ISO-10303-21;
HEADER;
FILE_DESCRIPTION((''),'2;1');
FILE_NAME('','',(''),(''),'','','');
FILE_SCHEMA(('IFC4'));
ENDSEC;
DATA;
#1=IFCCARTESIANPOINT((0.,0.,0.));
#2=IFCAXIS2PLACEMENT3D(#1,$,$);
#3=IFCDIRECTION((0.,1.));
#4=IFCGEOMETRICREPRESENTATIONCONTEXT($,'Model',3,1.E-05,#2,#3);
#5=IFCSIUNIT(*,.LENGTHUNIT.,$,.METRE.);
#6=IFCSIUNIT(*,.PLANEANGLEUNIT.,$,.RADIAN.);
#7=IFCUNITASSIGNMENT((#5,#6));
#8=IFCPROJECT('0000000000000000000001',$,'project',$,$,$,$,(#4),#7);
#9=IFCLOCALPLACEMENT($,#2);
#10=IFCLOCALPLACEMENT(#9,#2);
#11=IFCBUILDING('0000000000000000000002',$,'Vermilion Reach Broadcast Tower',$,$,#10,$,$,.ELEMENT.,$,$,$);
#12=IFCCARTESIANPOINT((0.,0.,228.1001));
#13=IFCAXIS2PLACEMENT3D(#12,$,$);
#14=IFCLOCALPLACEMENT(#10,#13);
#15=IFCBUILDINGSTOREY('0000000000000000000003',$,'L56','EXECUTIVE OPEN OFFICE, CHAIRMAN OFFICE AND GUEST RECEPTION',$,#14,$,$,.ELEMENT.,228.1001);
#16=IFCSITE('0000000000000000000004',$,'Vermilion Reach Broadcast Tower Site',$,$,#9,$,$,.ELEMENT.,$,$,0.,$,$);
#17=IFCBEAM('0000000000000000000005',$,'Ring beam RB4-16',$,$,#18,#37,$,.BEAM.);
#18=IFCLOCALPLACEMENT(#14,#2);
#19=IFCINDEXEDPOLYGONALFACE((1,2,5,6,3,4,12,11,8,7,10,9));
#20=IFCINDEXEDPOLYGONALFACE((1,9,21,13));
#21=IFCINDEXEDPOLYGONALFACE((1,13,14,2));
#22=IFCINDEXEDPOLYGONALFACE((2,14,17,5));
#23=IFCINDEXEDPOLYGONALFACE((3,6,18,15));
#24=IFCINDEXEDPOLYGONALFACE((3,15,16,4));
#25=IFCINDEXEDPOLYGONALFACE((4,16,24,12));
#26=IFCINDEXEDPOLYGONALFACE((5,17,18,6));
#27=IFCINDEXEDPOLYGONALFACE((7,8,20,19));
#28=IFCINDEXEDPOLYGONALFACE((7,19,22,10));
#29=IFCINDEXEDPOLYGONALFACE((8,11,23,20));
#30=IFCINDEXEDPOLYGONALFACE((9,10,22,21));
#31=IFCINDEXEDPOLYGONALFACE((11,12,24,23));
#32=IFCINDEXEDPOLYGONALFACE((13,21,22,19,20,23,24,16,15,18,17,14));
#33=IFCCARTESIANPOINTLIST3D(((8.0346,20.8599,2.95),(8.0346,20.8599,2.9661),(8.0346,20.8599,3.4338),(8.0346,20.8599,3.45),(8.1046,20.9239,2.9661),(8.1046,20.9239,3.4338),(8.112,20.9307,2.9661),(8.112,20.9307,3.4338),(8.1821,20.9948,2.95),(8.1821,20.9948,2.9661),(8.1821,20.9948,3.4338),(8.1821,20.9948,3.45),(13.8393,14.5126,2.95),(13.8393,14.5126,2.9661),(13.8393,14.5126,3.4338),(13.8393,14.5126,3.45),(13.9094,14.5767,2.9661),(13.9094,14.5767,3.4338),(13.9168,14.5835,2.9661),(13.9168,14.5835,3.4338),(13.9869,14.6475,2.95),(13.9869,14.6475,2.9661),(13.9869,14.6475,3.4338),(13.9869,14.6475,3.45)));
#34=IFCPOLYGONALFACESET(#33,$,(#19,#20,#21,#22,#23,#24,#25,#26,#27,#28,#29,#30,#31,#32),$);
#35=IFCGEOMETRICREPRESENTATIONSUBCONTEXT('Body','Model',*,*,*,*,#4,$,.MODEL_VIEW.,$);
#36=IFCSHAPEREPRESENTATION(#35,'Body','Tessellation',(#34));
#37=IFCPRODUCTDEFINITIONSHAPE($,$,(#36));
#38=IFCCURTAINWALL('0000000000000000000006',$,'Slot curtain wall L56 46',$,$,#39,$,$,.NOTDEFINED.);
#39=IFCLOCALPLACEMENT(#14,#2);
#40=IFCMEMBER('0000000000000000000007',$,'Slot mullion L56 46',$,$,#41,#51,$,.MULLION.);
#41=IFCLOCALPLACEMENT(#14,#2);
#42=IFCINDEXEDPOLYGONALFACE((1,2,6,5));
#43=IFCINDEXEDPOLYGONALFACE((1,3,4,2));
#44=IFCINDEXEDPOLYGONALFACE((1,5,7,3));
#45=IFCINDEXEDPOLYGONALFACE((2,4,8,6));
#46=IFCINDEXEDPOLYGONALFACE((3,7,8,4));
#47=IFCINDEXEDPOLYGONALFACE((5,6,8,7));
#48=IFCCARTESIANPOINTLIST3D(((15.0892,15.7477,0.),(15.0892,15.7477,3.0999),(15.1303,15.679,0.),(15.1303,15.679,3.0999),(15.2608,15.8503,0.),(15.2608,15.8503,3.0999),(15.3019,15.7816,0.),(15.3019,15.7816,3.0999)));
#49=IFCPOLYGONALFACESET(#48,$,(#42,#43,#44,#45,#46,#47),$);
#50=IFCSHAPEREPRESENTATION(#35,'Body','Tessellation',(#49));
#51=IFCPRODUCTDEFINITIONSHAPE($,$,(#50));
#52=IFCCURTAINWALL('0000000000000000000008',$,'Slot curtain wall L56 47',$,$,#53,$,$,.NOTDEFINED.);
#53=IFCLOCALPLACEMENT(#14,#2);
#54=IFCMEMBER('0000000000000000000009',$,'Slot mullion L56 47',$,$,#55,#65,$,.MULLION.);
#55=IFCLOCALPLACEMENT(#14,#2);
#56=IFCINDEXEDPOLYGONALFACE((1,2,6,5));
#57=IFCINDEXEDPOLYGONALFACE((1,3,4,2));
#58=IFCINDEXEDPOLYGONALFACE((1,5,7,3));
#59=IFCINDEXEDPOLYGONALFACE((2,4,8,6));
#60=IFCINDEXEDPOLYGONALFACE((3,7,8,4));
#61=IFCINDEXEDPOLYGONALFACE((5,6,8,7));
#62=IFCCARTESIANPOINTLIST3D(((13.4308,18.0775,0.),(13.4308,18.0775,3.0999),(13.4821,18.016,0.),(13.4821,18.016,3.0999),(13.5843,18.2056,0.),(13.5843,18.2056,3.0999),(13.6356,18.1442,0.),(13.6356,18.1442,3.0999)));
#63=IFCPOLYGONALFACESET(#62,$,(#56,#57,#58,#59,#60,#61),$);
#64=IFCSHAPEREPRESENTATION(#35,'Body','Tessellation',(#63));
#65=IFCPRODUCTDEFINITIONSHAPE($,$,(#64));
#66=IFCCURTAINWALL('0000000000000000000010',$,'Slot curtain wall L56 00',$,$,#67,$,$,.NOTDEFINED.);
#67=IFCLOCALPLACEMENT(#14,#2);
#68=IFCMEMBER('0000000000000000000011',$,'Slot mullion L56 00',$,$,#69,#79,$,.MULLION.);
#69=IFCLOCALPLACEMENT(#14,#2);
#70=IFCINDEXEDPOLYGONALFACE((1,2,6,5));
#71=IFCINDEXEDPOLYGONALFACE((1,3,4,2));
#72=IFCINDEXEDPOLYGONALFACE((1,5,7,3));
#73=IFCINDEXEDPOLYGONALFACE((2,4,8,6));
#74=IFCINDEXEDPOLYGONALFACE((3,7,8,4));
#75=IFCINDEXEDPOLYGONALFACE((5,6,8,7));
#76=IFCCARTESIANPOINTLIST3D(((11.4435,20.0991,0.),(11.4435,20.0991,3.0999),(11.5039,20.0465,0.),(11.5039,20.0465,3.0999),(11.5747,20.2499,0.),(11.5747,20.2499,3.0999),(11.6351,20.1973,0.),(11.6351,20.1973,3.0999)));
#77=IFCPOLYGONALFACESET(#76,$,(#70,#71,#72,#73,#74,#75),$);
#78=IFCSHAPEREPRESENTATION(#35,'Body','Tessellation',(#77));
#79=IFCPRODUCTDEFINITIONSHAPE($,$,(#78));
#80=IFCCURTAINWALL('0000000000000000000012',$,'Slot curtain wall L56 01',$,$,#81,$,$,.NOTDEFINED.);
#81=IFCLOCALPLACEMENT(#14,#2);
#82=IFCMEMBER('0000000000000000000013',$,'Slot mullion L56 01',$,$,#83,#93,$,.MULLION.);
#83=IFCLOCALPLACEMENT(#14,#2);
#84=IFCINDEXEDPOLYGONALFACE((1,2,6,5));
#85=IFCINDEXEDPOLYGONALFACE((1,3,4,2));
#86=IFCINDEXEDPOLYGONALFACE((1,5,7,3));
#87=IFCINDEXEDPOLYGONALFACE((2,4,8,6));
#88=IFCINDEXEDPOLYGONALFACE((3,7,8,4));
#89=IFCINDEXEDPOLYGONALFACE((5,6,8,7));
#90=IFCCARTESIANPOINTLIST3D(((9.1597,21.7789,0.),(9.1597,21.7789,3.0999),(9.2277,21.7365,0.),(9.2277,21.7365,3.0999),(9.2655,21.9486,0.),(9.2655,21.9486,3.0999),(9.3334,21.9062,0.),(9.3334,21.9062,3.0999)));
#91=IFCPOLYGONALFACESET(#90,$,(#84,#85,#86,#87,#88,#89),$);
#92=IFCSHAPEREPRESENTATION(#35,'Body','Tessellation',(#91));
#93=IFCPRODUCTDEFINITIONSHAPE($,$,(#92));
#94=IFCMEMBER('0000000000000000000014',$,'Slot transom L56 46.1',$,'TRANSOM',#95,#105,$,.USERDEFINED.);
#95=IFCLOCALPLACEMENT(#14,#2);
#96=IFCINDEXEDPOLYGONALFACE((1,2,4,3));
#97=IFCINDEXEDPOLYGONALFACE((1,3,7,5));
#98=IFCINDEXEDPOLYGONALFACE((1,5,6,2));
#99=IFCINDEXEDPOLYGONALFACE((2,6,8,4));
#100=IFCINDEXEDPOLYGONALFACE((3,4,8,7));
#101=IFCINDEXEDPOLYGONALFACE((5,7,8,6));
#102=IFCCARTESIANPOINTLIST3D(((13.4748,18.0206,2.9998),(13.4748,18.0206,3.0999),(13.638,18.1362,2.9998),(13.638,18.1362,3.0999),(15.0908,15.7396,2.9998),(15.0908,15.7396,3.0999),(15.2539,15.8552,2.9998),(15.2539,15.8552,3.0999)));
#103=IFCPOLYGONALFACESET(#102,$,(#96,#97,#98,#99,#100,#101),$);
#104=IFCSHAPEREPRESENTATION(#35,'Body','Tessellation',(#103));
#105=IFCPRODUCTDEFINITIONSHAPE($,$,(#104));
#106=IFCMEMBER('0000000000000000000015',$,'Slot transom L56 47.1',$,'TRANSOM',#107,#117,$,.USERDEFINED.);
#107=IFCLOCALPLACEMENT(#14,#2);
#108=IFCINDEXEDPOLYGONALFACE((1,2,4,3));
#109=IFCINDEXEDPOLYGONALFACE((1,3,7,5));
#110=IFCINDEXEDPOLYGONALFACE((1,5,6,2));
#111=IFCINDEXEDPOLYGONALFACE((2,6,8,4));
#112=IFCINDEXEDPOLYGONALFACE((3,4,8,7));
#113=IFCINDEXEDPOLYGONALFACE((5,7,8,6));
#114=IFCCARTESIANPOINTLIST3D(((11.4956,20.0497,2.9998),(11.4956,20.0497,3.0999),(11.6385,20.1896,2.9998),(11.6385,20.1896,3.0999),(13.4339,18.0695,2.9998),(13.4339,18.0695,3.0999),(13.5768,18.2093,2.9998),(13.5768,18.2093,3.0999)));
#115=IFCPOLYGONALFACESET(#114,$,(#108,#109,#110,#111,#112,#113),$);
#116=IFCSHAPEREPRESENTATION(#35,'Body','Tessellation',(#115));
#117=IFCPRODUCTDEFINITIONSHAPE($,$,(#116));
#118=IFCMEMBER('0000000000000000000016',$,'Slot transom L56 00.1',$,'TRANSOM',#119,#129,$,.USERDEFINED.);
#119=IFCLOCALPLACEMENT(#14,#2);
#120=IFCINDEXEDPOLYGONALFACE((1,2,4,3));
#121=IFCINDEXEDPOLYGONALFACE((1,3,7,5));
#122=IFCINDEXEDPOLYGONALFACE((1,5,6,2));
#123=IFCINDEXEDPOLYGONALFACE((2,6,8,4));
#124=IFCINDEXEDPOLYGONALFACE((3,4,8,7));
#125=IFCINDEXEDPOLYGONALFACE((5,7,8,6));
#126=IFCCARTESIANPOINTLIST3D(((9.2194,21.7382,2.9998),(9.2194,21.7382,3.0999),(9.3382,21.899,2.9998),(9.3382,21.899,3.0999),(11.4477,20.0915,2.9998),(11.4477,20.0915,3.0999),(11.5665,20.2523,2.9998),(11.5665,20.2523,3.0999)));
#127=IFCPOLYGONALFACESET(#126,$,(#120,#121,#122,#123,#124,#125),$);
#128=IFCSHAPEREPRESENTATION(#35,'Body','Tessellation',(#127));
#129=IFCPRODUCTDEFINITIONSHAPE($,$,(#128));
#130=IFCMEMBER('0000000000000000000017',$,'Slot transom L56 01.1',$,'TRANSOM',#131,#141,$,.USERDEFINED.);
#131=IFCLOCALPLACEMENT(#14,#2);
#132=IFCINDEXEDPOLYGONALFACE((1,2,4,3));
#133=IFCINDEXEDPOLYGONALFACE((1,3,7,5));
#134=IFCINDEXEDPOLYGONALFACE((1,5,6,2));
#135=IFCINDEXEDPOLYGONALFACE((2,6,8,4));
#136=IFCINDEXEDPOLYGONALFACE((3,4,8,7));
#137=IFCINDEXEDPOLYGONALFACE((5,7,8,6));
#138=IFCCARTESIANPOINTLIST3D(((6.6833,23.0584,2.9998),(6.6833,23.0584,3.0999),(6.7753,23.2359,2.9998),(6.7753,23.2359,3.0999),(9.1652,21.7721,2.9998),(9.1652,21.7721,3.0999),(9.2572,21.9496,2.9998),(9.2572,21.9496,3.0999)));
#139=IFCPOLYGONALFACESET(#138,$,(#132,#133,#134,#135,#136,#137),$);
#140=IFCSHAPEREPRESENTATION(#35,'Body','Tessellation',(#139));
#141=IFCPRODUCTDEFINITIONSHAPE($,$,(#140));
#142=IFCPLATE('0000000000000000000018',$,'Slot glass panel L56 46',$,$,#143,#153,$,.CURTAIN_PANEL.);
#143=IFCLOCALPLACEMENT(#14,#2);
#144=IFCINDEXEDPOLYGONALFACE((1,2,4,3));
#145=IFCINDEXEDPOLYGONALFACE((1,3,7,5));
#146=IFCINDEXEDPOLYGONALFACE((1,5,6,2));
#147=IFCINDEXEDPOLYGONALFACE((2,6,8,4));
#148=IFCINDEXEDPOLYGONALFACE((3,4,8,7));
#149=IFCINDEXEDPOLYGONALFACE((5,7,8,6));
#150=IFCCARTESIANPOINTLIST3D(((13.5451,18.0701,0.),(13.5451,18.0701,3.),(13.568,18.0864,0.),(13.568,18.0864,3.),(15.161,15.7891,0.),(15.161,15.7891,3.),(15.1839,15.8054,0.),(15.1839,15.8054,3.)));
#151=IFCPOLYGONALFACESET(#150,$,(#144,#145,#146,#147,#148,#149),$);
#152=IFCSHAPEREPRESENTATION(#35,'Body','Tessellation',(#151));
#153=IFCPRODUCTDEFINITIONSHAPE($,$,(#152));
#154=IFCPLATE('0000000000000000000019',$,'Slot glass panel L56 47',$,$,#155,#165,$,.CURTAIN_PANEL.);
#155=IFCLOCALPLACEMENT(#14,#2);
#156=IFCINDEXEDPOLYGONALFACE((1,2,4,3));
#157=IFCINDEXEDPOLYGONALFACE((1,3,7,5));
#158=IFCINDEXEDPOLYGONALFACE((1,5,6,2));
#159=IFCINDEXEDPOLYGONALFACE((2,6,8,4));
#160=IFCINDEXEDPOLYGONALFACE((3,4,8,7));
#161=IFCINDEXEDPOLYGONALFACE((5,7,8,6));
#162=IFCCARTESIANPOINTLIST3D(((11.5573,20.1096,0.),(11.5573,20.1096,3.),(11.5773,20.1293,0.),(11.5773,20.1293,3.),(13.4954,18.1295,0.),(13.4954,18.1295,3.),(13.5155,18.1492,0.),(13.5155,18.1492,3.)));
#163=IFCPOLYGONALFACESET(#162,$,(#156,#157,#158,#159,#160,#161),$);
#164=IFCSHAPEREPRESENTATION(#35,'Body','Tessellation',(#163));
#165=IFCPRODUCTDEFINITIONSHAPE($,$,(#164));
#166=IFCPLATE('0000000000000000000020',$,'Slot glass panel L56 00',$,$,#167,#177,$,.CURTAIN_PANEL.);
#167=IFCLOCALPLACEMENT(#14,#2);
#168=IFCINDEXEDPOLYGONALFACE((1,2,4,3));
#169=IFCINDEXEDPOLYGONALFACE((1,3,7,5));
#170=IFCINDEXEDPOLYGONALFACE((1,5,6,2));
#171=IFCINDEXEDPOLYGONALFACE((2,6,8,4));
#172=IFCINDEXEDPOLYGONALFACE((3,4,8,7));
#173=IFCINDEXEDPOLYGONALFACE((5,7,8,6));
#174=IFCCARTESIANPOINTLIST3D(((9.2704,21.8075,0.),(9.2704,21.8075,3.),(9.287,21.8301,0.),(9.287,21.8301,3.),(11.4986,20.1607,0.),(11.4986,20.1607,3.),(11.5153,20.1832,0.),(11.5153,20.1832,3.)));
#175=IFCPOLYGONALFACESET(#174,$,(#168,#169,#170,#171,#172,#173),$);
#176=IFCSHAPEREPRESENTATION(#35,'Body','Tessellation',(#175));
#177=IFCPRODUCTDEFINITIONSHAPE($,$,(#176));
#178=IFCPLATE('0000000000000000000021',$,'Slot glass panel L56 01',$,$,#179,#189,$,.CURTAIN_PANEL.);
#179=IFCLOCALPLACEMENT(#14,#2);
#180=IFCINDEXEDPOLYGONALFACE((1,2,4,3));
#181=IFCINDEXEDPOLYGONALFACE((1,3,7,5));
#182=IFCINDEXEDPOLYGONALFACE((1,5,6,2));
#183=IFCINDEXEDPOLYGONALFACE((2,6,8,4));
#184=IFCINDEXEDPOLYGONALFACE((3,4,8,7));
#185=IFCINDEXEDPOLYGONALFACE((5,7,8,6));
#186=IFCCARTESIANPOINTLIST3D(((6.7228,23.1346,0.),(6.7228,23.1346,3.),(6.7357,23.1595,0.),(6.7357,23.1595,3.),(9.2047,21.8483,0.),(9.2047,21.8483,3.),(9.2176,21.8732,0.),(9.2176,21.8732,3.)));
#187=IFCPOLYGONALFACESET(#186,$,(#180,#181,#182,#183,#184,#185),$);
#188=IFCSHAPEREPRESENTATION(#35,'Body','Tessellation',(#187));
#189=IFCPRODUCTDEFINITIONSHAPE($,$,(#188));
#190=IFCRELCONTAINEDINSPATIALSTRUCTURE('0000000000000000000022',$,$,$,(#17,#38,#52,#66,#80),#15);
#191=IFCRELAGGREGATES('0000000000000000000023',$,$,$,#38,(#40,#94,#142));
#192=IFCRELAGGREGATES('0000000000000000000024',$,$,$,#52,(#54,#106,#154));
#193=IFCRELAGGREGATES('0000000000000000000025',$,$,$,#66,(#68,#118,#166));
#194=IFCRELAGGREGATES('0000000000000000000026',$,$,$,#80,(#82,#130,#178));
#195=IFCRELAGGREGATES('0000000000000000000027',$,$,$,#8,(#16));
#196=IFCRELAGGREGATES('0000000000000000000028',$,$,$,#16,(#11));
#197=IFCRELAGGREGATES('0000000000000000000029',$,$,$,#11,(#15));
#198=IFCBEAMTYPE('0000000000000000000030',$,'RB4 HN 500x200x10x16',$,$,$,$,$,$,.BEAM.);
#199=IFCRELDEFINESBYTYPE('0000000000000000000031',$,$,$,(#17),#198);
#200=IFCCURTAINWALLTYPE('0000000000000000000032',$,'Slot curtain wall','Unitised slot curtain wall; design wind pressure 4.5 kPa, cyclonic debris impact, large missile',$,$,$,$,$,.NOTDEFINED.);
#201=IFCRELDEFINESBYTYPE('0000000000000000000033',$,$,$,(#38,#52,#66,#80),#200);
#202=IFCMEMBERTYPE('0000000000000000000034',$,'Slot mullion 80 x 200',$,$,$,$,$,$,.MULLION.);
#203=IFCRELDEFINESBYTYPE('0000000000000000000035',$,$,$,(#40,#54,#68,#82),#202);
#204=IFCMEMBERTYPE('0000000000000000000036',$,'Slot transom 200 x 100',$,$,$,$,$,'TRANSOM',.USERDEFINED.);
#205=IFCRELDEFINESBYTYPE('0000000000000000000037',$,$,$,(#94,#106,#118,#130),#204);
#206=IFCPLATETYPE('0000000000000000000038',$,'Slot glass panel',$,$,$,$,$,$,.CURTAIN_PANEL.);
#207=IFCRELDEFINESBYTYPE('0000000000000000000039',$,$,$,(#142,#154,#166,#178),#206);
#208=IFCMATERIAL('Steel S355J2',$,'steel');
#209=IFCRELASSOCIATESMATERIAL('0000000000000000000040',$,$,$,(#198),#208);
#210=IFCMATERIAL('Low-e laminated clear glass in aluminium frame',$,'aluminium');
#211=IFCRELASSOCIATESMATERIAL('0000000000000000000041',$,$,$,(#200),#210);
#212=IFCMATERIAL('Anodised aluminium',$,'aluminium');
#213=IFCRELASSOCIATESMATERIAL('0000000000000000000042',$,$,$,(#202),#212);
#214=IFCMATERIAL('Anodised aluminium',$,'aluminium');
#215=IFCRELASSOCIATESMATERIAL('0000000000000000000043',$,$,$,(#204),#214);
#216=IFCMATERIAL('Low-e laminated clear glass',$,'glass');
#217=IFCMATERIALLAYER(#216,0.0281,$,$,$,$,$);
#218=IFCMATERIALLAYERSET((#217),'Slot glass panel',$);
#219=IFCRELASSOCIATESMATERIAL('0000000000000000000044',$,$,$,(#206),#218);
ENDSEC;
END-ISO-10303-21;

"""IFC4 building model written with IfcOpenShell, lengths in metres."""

from ifc_helpers import new_model, si_unit, direction, frame, origin, origin_2d, place, context, subcontext, project, spatial, rectangle, i_section, extrude, material, layer, layer_set, material_profile, profile_set, type_object, element, aggregate, save


model = new_model("IFC4")

# Units and contexts
model_context = context("Model", 3, precision=1e-05, world=origin(), true_north=direction((0.0, 1.0)))
body_context = subcontext(model_context, "Body", "Model", "MODEL_VIEW")
ifc_project = project(units=[si_unit("LENGTHUNIT", "METRE"), si_unit("PLANEANGLEUNIT", "RADIAN")], contexts=[model_context])

# Site, building, storey
site_placement = place(None, origin())
site = spatial("IfcSite", under=ifc_project, at=site_placement, Name="Vermilion Reach Broadcast Tower Site", CompositionType="ELEMENT", RefElevation=0.0)
building_placement = place(site_placement, origin())
building = spatial("IfcBuilding", under=site, at=building_placement, Name="Vermilion Reach Broadcast Tower", CompositionType="ELEMENT")
storey_placement = place(building_placement, frame((0.0, 0.0, 228.1001)))
storey = spatial("IfcBuildingStorey", under=building, at=storey_placement, Name="L56", Description="EXECUTIVE OPEN OFFICE, CHAIRMAN OFFICE AND GUEST RECEPTION", CompositionType="ELEMENT", Elevation=228.1001)

# Beam
ifc_material_1 = material(Name="Steel S355J2", Category="steel")
ifc_material_profile_1 = material_profile(ifc_material_1, i_section(OverallWidth=0.2, OverallDepth=0.5, WebThickness=0.01, FlangeThickness=0.0161, at=origin_2d()), Name="S355J2 HN 500x200x10x16")
ifc_profile_set_1 = profile_set([ifc_material_profile_1], Name="Steel S355J2")
beam_type_1 = type_object("IfcBeamType", Name="RB4 HN 500x200x10x16", PredefinedType="BEAM", material=ifc_profile_set_1)
beam_1_placement = place(storey_placement, frame((13.9131, 14.5801, 3.2), z_axis=(-0.674868, 0.737938, 0.0), x_axis=(-0.737938, -0.674868, 0.0)))
element("IfcBeam", 1, at=beam_1_placement, inside=storey, type_object=beam_type_1, Name="Ring beam RB4-16", PredefinedType="BEAM", context=body_context, shape_type="SweptSolid", body=[
    extrude(i_section(OverallWidth=0.2, OverallDepth=0.5, WebThickness=0.01, FlangeThickness=0.0161, at=origin_2d()), origin(), (0.0, 0.0, 1.0), 8.6013),
])

# Curtain walls, members
ifc_material_2 = material(Name="Low-e laminated clear glass in aluminium frame", Category="aluminium")
curtain_wall_type = type_object("IfcCurtainWallType", Name="Slot curtain wall", Description="Unitised slot curtain wall; design wind pressure 4.5 kPa, cyclonic debris impact, large missile", PredefinedType="NOTDEFINED", material=ifc_material_2)
placement = place(storey_placement, origin())
curtain_wall_1 = element("IfcCurtainWall", 2, at=placement, inside=storey, type_object=curtain_wall_type, Name="Slot curtain wall L56 46", PredefinedType="NOTDEFINED")
ifc_material_3 = material(Name="Anodised aluminium", Category="aluminium")
ifc_material_profile_2 = material_profile(ifc_material_3, rectangle(XDim=0.2, YDim=0.0801, at=origin_2d()), Name="Slot mullion 80 x 200")
ifc_profile_set_2 = profile_set([ifc_material_profile_2], Name="Anodised aluminium")
member_type_1 = type_object("IfcMemberType", Name="Slot mullion 80 x 200", PredefinedType="MULLION", material=ifc_profile_set_2)
member_1_placement = place(storey_placement, frame((15.1956, 15.7646, 0.0), z_axis=(0.0, 0.0, 1.0), x_axis=(-0.858186, -0.51334, 0.0)))
member_1 = element("IfcMember", 3, at=member_1_placement, type_object=member_type_1, Name="Slot mullion L56 46", PredefinedType="MULLION", context=body_context, shape_type="SweptSolid", body=[
    extrude(rectangle(XDim=0.2, YDim=0.0801, at=origin_2d()), origin(), (0.0, 0.0, 1.0), 3.0999),
])
curtain_wall_2 = element("IfcCurtainWall", 4, at=placement, inside=storey, type_object=curtain_wall_type, Name="Slot curtain wall L56 47", PredefinedType="NOTDEFINED")
member_2_placement = place(storey_placement, frame((13.5332, 18.1108, 0.0), z_axis=(0.0, 0.0, 1.0), x_axis=(-0.767712, -0.640795, 0.0)))
member_2 = element("IfcMember", 5, at=member_2_placement, type_object=member_type_1, Name="Slot mullion L56 47", PredefinedType="MULLION", context=body_context, shape_type="SweptSolid", body=[
    extrude(rectangle(XDim=0.2, YDim=0.0801, at=origin_2d()), origin(), (0.0, 0.0, 1.0), 3.0999),
])
curtain_wall_3 = element("IfcCurtainWall", 6, at=placement, inside=storey, type_object=curtain_wall_type, Name="Slot curtain wall L56 00", PredefinedType="NOTDEFINED")
member_3_placement = place(storey_placement, frame((11.5393, 20.1482, 0.0), z_axis=(0.0, 0.0, 1.0), x_axis=(-0.656586, -0.754251, 0.0)))
member_3 = element("IfcMember", 7, at=member_3_placement, type_object=member_type_1, Name="Slot mullion L56 00", PredefinedType="MULLION", context=body_context, shape_type="SweptSolid", body=[
    extrude(rectangle(XDim=0.2, YDim=0.0801, at=origin_2d()), origin(), (0.0, 0.0, 1.0), 3.0999),
])
curtain_wall_4 = element("IfcCurtainWall", 8, at=placement, inside=storey, type_object=curtain_wall_type, Name="Slot curtain wall L56 01", PredefinedType="NOTDEFINED")
member_4_placement = place(storey_placement, frame((9.2466, 21.8425, 0.0), z_axis=(0.0, 0.0, 1.0), x_axis=(-0.528899, -0.848685, 0.0)))
member_4 = element("IfcMember", 9, at=member_4_placement, type_object=member_type_1, Name="Slot mullion L56 01", PredefinedType="MULLION", context=body_context, shape_type="SweptSolid", body=[
    extrude(rectangle(XDim=0.2, YDim=0.0801, at=origin_2d()), origin(), (0.0, 0.0, 1.0), 3.0999),
])

# Members
ifc_material_4 = material(Name="Anodised aluminium", Category="aluminium")
ifc_material_profile_3 = material_profile(ifc_material_4, rectangle(XDim=0.2, YDim=0.1001, at=origin_2d()), Name="Slot transom 200 x 100")
ifc_profile_set_3 = profile_set([ifc_material_profile_3], Name="Anodised aluminium")
member_type_2 = type_object("IfcMemberType", Name="Slot transom 200 x 100", ElementType="TRANSOM", PredefinedType="USERDEFINED", material=ifc_profile_set_3)
member_5_placement = place(storey_placement, frame((15.1724, 15.7974, 3.0498), z_axis=(-0.578078, 0.815982, 0.0), x_axis=(-0.815982, -0.578078, 0.0)))
member_5 = element("IfcMember", 10, at=member_5_placement, type_object=member_type_2, Name="Slot transom L56 46.1", ObjectType="TRANSOM", PredefinedType="USERDEFINED", context=body_context, shape_type="SweptSolid", body=[
    extrude(rectangle(XDim=0.2, YDim=0.1001, at=origin_2d()), origin(), (0.0, 0.0, 1.0), 2.7954),
])
member_6_placement = place(storey_placement, frame((13.5054, 18.1394, 3.0498), z_axis=(-0.699489, 0.714643, 0.0), x_axis=(-0.714643, -0.699489, 0.0)))
member_6 = element("IfcMember", 11, at=member_6_placement, type_object=member_type_2, Name="Slot transom L56 47.1", ObjectType="TRANSOM", PredefinedType="USERDEFINED", context=body_context, shape_type="SweptSolid", body=[
    extrude(rectangle(XDim=0.2, YDim=0.1001, at=origin_2d()), origin(), (0.0, 0.0, 1.0), 2.771),
])
member_7_placement = place(storey_placement, frame((11.5071, 20.1719, 3.0498), z_axis=(-0.80422, 0.594332, 0.0), x_axis=(-0.594332, -0.80422, 0.0)))
member_7 = element("IfcMember", 12, at=member_7_placement, type_object=member_type_2, Name="Slot transom L56 00.1", ObjectType="TRANSOM", PredefinedType="USERDEFINED", context=body_context, shape_type="SweptSolid", body=[
    extrude(rectangle(XDim=0.2, YDim=0.1001, at=origin_2d()), origin(), (0.0, 0.0, 1.0), 2.7708),
])
member_8_placement = place(storey_placement, frame((9.2112, 21.8608, 3.0498), z_axis=(-0.887835, 0.460162, 0.0), x_axis=(-0.460162, -0.887835, 0.0)))
member_8 = element("IfcMember", 13, at=member_8_placement, type_object=member_type_2, Name="Slot transom L56 01.1", ObjectType="TRANSOM", PredefinedType="USERDEFINED", context=body_context, shape_type="SweptSolid", body=[
    extrude(rectangle(XDim=0.2, YDim=0.1001, at=origin_2d()), origin(), (0.0, 0.0, 1.0), 2.7954),
])

# Plates
ifc_material_5 = material(Name="Low-e laminated clear glass", Category="glass")
ifc_layer_1 = layer(ifc_material_5, 0.0281)
ifc_layer_set_1 = layer_set([ifc_layer_1], Name="Slot glass panel")
plate_type = type_object("IfcPlateType", Name="Slot glass panel", PredefinedType="CURTAIN_PANEL", material=ifc_layer_set_1)
plate_1_placement = place(storey_placement, frame((14.3645, 16.9377, 0.0), z_axis=(0.0, 0.0, 1.0), x_axis=(-0.578078, 0.815982, 0.0)))
plate_1 = element("IfcPlate", 14, at=plate_1_placement, type_object=plate_type, Name="Slot glass panel L56 46", PredefinedType="CURTAIN_PANEL", context=body_context, shape_type="SweptSolid", body=[
    extrude(rectangle(XDim=2.7954, YDim=0.0281, at=origin_2d()), origin(), (0.0, 0.0, 1.0), 3.0),
])
aggregate(curtain_wall_1, [member_1, member_5, plate_1])
plate_2_placement = place(storey_placement, frame((12.5364, 19.1294, 0.0), z_axis=(0.0, 0.0, 1.0), x_axis=(-0.699498, 0.714634, 0.0)))
plate_2 = element("IfcPlate", 15, at=plate_2_placement, type_object=plate_type, Name="Slot glass panel L56 47", PredefinedType="CURTAIN_PANEL", context=body_context, shape_type="SweptSolid", body=[
    extrude(rectangle(XDim=2.7708, YDim=0.0281, at=origin_2d()), origin(), (0.0, 0.0, 1.0), 3.0),
])
aggregate(curtain_wall_2, [member_2, member_6, plate_2])
plate_3_placement = place(storey_placement, frame((10.3928, 20.9954, 0.0), z_axis=(0.0, 0.0, 1.0), x_axis=(-0.804202, 0.594356, 0.0)))
plate_3 = element("IfcPlate", 16, at=plate_3_placement, type_object=plate_type, Name="Slot glass panel L56 00", PredefinedType="CURTAIN_PANEL", context=body_context, shape_type="SweptSolid", body=[
    extrude(rectangle(XDim=2.7708, YDim=0.0281, at=origin_2d()), origin(), (0.0, 0.0, 1.0), 3.0),
])
aggregate(curtain_wall_3, [member_3, member_7, plate_3])
plate_4_placement = place(storey_placement, frame((7.9702, 22.5039, 0.0), z_axis=(0.0, 0.0, 1.0), x_axis=(-0.887852, 0.460129, 0.0)))
plate_4 = element("IfcPlate", 17, at=plate_4_placement, type_object=plate_type, Name="Slot glass panel L56 01", PredefinedType="CURTAIN_PANEL", context=body_context, shape_type="SweptSolid", body=[
    extrude(rectangle(XDim=2.7954, YDim=0.0281, at=origin_2d()), origin(), (0.0, 0.0, 1.0), 3.0),
])
aggregate(curtain_wall_4, [member_4, member_8, plate_4])

save(model, "model.ifc")
